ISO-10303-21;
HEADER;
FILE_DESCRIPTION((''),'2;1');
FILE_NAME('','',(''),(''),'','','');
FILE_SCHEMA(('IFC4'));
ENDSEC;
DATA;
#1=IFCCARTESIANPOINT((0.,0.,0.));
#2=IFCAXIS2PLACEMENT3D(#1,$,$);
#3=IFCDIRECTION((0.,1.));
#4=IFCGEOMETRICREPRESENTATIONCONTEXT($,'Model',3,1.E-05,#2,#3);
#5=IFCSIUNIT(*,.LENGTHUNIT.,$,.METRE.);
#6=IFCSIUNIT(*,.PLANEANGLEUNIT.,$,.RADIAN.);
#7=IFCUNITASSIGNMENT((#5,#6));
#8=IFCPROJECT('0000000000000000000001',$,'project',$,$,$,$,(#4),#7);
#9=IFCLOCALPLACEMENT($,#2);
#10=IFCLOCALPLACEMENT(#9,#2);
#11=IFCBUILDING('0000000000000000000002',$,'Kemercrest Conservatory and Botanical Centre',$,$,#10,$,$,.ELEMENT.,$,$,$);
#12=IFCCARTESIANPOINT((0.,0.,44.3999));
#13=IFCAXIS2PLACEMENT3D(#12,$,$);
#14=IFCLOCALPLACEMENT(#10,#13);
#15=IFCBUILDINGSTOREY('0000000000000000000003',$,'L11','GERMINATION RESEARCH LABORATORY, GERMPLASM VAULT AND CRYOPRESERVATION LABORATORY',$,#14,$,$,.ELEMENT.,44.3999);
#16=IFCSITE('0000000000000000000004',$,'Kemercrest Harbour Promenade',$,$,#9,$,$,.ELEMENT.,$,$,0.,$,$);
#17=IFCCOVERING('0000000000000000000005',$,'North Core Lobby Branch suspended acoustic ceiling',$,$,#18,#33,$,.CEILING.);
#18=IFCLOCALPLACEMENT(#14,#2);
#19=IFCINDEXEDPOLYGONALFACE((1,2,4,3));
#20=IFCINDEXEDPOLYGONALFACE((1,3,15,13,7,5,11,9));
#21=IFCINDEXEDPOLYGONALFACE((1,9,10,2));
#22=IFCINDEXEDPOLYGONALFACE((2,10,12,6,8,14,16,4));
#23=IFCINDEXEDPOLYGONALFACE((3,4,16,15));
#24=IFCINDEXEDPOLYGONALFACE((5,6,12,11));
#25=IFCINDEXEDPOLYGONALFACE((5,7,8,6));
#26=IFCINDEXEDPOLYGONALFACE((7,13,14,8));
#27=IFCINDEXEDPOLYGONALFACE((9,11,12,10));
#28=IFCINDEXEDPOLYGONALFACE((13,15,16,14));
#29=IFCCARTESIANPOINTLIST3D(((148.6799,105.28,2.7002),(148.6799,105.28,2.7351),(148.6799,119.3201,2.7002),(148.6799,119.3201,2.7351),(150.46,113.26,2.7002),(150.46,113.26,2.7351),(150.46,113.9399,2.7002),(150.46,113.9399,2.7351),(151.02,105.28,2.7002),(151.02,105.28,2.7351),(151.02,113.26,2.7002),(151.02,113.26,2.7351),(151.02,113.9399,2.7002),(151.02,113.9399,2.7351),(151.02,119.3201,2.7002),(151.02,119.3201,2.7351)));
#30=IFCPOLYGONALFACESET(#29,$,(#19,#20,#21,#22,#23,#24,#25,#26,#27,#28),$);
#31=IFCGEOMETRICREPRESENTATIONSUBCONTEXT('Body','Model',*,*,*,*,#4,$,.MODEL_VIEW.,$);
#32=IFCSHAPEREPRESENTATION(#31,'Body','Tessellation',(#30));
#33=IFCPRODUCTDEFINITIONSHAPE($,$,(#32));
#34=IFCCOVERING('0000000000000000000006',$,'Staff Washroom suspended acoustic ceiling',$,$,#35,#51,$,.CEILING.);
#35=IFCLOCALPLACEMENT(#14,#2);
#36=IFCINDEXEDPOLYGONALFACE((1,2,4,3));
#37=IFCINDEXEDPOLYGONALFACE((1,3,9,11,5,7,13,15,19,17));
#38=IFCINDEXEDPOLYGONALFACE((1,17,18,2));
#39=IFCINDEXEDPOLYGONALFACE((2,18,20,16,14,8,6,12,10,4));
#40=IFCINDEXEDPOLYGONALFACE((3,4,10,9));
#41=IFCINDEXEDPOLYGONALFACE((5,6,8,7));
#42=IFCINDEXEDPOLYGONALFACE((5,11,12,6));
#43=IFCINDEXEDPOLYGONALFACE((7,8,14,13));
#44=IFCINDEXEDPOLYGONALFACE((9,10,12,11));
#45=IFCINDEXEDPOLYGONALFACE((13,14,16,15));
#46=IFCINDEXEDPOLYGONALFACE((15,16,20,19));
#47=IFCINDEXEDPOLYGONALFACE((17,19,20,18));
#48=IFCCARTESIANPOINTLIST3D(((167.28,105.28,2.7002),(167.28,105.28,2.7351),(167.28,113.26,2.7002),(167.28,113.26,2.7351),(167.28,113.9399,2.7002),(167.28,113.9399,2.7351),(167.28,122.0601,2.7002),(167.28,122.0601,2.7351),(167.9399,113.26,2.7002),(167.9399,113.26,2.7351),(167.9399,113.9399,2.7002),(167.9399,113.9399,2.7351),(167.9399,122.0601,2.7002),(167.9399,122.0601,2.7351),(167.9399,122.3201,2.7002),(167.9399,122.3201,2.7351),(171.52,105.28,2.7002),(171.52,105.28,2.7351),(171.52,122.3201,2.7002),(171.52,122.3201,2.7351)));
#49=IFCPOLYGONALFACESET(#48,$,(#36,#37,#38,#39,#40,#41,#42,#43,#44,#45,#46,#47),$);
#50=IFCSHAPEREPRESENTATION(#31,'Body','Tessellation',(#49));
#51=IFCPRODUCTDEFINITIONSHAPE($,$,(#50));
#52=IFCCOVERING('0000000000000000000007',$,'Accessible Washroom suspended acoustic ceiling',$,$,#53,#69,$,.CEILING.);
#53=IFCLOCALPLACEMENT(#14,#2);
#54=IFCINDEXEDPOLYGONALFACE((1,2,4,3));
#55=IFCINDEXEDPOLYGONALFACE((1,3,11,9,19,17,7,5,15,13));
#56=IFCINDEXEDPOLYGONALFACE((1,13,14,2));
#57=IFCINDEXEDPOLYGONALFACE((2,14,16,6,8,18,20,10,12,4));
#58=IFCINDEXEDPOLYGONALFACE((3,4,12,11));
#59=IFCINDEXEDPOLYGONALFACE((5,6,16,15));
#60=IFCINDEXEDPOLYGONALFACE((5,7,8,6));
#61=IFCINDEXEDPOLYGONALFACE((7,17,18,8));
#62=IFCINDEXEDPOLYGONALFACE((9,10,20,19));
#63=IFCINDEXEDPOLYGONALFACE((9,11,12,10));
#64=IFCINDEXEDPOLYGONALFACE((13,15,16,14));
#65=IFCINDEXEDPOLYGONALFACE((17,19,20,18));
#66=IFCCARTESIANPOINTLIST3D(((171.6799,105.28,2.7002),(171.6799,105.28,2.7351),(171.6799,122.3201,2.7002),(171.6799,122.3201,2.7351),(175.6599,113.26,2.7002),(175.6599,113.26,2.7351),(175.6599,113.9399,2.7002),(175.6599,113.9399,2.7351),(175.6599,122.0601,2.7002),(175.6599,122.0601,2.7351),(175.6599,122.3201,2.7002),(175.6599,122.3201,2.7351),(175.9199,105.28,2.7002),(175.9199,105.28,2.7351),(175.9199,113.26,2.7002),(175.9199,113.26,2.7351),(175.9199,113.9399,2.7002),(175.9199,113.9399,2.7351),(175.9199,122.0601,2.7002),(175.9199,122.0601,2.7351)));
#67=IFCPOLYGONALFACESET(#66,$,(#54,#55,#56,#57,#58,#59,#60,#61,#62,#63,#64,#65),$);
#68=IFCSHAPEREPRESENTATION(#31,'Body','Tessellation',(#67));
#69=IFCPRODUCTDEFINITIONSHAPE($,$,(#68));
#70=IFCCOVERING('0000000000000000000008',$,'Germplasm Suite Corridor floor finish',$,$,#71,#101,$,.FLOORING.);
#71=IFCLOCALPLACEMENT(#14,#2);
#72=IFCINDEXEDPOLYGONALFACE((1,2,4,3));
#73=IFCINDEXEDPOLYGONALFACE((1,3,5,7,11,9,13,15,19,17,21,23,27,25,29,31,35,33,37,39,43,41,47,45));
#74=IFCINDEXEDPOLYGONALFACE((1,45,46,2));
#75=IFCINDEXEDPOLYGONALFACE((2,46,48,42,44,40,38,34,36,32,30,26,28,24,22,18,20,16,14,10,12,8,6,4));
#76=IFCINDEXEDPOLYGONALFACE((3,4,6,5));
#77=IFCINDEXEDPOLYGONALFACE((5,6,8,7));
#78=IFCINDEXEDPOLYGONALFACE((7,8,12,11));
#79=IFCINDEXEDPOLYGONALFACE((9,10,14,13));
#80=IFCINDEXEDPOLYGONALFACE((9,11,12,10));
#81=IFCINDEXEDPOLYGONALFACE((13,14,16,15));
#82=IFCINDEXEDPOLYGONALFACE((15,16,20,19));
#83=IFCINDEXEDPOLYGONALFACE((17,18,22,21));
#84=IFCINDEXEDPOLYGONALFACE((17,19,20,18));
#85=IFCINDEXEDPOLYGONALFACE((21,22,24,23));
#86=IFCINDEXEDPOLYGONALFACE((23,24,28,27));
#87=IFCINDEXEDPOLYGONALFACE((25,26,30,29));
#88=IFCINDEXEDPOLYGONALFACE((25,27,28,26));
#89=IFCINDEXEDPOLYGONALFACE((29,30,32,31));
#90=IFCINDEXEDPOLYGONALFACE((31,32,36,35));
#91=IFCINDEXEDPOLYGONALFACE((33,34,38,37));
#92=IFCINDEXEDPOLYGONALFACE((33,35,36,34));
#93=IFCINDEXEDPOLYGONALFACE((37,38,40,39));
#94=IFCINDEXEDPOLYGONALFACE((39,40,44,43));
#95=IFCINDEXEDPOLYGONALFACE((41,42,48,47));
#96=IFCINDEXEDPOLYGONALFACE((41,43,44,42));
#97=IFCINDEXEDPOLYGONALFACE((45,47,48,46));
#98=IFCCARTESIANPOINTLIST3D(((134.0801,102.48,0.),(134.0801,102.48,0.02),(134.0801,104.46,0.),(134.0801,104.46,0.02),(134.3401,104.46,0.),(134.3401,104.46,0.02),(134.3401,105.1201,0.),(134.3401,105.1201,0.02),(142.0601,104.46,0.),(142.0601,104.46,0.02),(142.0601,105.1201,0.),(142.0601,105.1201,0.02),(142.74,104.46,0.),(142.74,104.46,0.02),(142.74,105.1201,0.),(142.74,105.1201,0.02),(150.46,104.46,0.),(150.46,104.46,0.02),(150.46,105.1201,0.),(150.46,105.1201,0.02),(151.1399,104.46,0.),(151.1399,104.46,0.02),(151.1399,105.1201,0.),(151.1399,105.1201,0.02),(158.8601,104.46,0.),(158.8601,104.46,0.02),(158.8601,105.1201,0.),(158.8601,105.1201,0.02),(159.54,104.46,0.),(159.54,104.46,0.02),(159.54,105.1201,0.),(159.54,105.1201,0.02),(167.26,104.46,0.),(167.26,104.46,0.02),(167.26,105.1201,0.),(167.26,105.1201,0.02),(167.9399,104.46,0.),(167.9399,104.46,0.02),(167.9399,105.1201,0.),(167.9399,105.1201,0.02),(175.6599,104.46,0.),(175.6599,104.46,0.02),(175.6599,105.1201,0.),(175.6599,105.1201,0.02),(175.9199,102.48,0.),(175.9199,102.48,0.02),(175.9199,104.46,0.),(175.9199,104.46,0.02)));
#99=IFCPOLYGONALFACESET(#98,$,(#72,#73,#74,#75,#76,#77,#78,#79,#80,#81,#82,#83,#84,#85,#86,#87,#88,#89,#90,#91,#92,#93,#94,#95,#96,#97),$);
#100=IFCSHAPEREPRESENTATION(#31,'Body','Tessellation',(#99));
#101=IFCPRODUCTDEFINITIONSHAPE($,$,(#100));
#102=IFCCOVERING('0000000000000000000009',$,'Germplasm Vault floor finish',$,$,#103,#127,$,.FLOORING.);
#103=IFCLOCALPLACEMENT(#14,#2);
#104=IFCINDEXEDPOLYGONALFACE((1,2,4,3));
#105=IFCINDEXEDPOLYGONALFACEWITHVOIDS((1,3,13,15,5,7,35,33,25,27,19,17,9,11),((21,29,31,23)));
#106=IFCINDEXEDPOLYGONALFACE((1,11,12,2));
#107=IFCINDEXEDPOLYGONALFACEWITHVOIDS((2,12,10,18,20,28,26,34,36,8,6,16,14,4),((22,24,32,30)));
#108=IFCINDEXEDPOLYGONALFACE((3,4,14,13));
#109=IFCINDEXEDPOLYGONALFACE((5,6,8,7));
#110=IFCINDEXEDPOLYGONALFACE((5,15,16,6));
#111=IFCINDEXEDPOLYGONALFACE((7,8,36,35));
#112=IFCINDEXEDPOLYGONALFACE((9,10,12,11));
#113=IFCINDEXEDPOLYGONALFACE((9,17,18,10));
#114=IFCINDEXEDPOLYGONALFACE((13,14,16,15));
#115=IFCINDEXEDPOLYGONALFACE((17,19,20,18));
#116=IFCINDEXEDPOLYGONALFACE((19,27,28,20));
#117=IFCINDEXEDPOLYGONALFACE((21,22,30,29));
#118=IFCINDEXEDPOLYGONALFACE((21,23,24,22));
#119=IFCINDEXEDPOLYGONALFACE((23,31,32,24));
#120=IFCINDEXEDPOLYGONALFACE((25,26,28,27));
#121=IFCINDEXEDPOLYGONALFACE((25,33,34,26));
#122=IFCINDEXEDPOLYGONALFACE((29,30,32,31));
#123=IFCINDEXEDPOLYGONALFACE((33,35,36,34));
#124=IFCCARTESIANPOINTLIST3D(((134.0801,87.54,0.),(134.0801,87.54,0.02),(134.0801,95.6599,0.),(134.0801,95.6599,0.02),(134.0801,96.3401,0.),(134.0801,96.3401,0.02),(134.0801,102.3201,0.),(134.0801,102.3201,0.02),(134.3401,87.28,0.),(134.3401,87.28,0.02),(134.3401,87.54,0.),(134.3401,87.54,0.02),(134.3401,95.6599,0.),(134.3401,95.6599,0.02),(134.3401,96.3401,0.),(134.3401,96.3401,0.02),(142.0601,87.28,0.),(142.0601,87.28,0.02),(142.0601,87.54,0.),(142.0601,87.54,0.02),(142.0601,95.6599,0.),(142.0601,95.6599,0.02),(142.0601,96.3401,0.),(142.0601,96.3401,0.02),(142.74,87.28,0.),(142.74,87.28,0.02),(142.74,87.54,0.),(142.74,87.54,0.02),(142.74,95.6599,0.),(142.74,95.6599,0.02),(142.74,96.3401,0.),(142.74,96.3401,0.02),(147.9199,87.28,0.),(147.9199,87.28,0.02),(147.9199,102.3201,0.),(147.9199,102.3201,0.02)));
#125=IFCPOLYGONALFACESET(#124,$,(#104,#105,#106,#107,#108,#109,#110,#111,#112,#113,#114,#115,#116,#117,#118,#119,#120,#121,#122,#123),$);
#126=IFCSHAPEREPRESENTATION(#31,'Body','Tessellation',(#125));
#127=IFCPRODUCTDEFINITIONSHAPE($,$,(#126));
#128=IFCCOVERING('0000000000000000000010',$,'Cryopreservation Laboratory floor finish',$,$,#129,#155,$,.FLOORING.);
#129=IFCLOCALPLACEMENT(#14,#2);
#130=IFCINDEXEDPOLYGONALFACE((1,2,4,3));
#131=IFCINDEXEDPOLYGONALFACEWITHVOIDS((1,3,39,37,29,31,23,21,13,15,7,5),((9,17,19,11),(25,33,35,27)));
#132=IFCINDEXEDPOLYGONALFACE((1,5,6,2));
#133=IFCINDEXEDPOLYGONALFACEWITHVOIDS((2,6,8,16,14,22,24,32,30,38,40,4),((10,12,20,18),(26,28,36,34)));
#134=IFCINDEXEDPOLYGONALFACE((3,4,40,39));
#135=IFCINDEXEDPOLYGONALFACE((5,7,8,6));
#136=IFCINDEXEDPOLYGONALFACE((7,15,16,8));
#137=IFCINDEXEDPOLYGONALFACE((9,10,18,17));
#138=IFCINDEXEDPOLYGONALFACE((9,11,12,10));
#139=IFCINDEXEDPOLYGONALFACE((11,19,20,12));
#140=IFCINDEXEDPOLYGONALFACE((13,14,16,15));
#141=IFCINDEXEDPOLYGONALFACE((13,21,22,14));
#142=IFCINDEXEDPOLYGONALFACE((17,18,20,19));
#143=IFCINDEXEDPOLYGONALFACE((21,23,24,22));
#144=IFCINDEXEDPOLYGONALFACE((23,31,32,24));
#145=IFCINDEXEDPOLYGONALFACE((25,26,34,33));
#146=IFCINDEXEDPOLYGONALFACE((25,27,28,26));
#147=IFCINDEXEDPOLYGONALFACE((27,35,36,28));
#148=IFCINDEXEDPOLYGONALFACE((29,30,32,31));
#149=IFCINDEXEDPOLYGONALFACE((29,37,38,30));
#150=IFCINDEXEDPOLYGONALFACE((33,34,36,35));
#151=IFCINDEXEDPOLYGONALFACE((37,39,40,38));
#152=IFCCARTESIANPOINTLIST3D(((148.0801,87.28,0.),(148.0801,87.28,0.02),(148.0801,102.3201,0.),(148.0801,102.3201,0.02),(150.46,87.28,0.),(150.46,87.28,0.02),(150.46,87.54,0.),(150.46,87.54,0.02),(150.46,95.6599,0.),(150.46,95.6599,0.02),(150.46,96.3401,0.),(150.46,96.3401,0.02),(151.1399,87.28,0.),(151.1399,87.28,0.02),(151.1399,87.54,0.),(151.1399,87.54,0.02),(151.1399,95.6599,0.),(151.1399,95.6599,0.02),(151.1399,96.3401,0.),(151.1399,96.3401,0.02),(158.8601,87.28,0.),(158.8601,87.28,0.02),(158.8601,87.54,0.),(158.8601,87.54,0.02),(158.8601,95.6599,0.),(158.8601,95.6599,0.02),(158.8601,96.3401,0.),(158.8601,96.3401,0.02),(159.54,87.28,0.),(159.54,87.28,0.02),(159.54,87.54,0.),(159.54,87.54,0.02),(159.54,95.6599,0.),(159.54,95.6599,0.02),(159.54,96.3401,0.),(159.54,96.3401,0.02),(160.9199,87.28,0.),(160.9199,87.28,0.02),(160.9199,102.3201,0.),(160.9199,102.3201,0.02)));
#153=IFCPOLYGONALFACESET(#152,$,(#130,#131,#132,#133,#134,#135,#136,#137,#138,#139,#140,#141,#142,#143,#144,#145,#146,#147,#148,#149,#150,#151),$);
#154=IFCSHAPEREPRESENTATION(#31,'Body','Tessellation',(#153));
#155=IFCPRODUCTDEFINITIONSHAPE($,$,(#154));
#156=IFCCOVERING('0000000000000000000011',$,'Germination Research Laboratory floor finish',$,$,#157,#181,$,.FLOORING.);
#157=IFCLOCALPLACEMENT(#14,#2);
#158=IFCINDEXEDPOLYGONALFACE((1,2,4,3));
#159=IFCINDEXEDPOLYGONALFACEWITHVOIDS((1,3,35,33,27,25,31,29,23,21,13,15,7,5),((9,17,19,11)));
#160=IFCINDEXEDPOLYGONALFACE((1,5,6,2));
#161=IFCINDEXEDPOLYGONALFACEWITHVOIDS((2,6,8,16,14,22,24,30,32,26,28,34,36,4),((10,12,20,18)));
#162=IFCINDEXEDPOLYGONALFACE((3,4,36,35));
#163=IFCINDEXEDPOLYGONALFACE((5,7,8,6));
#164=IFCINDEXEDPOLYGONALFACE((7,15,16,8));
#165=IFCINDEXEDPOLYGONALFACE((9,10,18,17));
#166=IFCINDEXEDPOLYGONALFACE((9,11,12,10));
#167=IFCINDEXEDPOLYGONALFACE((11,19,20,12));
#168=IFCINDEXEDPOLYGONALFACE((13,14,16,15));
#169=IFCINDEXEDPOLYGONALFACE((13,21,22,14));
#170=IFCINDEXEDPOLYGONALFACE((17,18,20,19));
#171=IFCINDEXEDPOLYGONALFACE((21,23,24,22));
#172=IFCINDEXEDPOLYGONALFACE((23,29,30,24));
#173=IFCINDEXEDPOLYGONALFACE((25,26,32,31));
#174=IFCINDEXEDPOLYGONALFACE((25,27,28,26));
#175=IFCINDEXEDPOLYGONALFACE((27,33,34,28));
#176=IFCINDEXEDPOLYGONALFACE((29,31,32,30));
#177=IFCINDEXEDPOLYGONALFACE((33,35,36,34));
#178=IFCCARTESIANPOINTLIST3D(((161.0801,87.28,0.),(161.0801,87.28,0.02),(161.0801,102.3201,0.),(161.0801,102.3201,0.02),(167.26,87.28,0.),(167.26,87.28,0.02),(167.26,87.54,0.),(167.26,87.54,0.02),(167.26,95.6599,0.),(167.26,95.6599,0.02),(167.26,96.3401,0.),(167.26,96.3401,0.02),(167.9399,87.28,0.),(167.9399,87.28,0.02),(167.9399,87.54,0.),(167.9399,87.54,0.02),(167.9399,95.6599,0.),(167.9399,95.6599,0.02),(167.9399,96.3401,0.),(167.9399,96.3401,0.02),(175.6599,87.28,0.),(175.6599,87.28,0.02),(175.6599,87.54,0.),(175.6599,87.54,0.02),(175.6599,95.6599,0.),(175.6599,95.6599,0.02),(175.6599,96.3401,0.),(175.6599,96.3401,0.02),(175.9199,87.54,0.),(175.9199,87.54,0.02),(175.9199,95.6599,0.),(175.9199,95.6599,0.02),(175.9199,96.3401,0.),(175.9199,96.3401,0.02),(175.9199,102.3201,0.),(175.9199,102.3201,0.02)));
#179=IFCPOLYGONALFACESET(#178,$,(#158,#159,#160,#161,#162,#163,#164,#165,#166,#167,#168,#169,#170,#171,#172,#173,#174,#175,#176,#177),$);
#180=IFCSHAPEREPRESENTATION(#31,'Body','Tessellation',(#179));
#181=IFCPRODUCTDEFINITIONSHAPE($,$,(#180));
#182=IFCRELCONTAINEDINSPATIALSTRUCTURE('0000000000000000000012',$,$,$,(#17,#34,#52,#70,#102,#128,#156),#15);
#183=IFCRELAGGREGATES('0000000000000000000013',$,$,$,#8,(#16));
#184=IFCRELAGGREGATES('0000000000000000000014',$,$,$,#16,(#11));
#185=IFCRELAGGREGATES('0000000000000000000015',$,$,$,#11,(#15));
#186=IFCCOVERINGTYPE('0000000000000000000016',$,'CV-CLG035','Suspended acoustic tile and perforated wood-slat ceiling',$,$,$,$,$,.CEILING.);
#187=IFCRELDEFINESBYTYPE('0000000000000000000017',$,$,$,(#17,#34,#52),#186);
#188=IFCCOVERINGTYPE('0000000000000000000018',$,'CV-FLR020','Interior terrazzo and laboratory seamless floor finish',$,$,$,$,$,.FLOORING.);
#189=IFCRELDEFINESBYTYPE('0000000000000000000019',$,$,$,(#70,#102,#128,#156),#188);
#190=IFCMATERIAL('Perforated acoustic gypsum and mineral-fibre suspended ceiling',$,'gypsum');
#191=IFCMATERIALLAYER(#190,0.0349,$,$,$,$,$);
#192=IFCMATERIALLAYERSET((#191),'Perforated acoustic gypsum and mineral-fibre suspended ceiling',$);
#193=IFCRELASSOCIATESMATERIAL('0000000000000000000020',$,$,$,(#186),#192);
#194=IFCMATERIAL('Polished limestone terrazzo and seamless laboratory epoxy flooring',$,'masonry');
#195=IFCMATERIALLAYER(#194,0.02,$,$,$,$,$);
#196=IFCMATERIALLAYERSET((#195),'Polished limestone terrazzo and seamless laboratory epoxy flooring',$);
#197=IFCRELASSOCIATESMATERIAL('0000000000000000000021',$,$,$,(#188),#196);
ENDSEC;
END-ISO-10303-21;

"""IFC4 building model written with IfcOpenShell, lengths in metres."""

from ifc_helpers import new_model, si_unit, direction, frame, origin, place, context, subcontext, project, spatial, polyline, outline, extrude, material, layer, layer_set, type_object, element, save


model = new_model("IFC4")

# Units and contexts
model_context = context("Model", 3, precision=1e-05, world=origin(), true_north=direction((0.0, 1.0)))
body_context = subcontext(model_context, "Body", "Model", "MODEL_VIEW")
ifc_project = project(units=[si_unit("LENGTHUNIT", "METRE"), si_unit("PLANEANGLEUNIT", "RADIAN")], contexts=[model_context])

# Site, building, storey
site_placement = place(None, origin())
site = spatial("IfcSite", under=ifc_project, at=site_placement, Name="Kemercrest Harbour Promenade", CompositionType="ELEMENT", RefElevation=0.0)
building_placement = place(site_placement, origin())
building = spatial("IfcBuilding", under=site, at=building_placement, Name="Kemercrest Conservatory and Botanical Centre", CompositionType="ELEMENT")
storey_placement = place(building_placement, frame((0.0, 0.0, 44.3999)))
storey = spatial("IfcBuildingStorey", under=building, at=storey_placement, Name="L11", Description="GERMINATION RESEARCH LABORATORY, GERMPLASM VAULT AND CRYOPRESERVATION LABORATORY", CompositionType="ELEMENT", Elevation=44.3999)

# Coverings
ifc_material_1 = material(Name="Perforated acoustic gypsum and mineral-fibre suspended ceiling", Category="gypsum")
ifc_layer_1 = layer(ifc_material_1, 0.0349)
ifc_layer_set_1 = layer_set([ifc_layer_1], Name="Perforated acoustic gypsum and mineral-fibre suspended ceiling")
covering_type_1 = type_object("IfcCoveringType", Name="CV-CLG035", Description="Suspended acoustic tile and perforated wood-slat ceiling", PredefinedType="CEILING", material=ifc_layer_set_1)
covering_1_placement = place(storey_placement, frame((0.0, 0.0, 2.7002)))
element("IfcCovering", 1, at=covering_1_placement, inside=storey, type_object=covering_type_1, Name="North Core Lobby Branch suspended acoustic ceiling", PredefinedType="CEILING", context=body_context, shape_type="SweptSolid", body=[
    extrude(outline(polyline([(148.6799, 105.28), (151.02, 105.28), (151.02, 113.26), (150.46, 113.26), (150.46, 113.9399), (151.02, 113.9399), (151.02, 119.3201), (148.6799, 119.3201), (148.6799, 105.28)])), origin(), (0.0, 0.0, 1.0), 0.0349),
])
covering_2_placement = place(storey_placement, frame((0.0, 0.0, 2.7002)))
element("IfcCovering", 2, at=covering_2_placement, inside=storey, type_object=covering_type_1, Name="Staff Washroom suspended acoustic ceiling", PredefinedType="CEILING", context=body_context, shape_type="SweptSolid", body=[
    extrude(outline(polyline([(167.28, 105.28), (171.52, 105.28), (171.52, 122.3201), (167.9399, 122.3201), (167.9399, 122.0601), (167.28, 122.0601), (167.28, 113.9399), (167.9399, 113.9399), (167.9399, 113.26), (167.28, 113.26), (167.28, 105.28)])), origin(), (0.0, 0.0, 1.0), 0.0349),
])
covering_3_placement = place(storey_placement, frame((0.0, 0.0, 2.7002)))
element("IfcCovering", 3, at=covering_3_placement, inside=storey, type_object=covering_type_1, Name="Accessible Washroom suspended acoustic ceiling", PredefinedType="CEILING", context=body_context, shape_type="SweptSolid", body=[
    extrude(outline(polyline([(171.6799, 105.28), (175.9199, 105.28), (175.9199, 113.26), (175.6599, 113.26), (175.6599, 113.9399), (175.9199, 113.9399), (175.9199, 122.0601), (175.6599, 122.0601), (175.6599, 122.3201), (171.6799, 122.3201), (171.6799, 105.28)])), origin(), (0.0, 0.0, 1.0), 0.0349),
])
ifc_material_2 = material(Name="Polished limestone terrazzo and seamless laboratory epoxy flooring", Category="masonry")
ifc_layer_2 = layer(ifc_material_2, 0.02)
ifc_layer_set_2 = layer_set([ifc_layer_2], Name="Polished limestone terrazzo and seamless laboratory epoxy flooring")
covering_type_2 = type_object("IfcCoveringType", Name="CV-FLR020", Description="Interior terrazzo and laboratory seamless floor finish", PredefinedType="FLOORING", material=ifc_layer_set_2)
covering_4_placement = place(storey_placement, origin())
element("IfcCovering", 4, at=covering_4_placement, inside=storey, type_object=covering_type_2, Name="Germplasm Suite Corridor floor finish", PredefinedType="FLOORING", context=body_context, shape_type="SweptSolid", body=[
    extrude(outline(polyline([(134.0801, 102.48), (175.9199, 102.48), (175.9199, 104.46), (175.6599, 104.46), (175.6599, 105.1201), (167.9399, 105.1201), (167.9399, 104.46), (167.26, 104.46), (167.26, 105.1201), (159.54, 105.1201), (159.54, 104.46), (158.8601, 104.46), (158.8601, 105.1201), (151.1399, 105.1201), (151.1399, 104.46), (150.46, 104.46), (150.46, 105.1201), (142.74, 105.1201), (142.74, 104.46), (142.0601, 104.46), (142.0601, 105.1201), (134.3401, 105.1201), (134.3401, 104.46), (134.0801, 104.46), (134.0801, 102.48)])), origin(), (0.0, 0.0, 1.0), 0.02),
])
covering_5_placement = place(storey_placement, origin())
element("IfcCovering", 5, at=covering_5_placement, inside=storey, type_object=covering_type_2, Name="Germplasm Vault floor finish", PredefinedType="FLOORING", context=body_context, shape_type="SweptSolid", body=[
    extrude(outline(polyline([(142.0601, 87.54), (142.74, 87.54), (142.74, 87.28), (147.9199, 87.28), (147.9199, 102.3201), (134.0801, 102.3201), (134.0801, 96.3401), (134.3401, 96.3401), (134.3401, 95.6599), (134.0801, 95.6599), (134.0801, 87.54), (134.3401, 87.54), (134.3401, 87.28), (142.0601, 87.28), (142.0601, 87.54)]), holes=[polyline([(142.0601, 96.3401), (142.74, 96.3401), (142.74, 95.6599), (142.0601, 95.6599), (142.0601, 96.3401)])]), origin(), (0.0, 0.0, 1.0), 0.02),
])
covering_6_placement = place(storey_placement, origin())
element("IfcCovering", 6, at=covering_6_placement, inside=storey, type_object=covering_type_2, Name="Cryopreservation Laboratory floor finish", PredefinedType="FLOORING", context=body_context, shape_type="SweptSolid", body=[
    extrude(outline(polyline([(158.8601, 87.54), (159.54, 87.54), (159.54, 87.28), (160.9199, 87.28), (160.9199, 102.3201), (148.0801, 102.3201), (148.0801, 87.28), (150.46, 87.28), (150.46, 87.54), (151.1399, 87.54), (151.1399, 87.28), (158.8601, 87.28), (158.8601, 87.54)]), holes=[polyline([(158.8601, 96.3401), (159.54, 96.3401), (159.54, 95.6599), (158.8601, 95.6599), (158.8601, 96.3401)]), polyline([(150.46, 96.3401), (151.1399, 96.3401), (151.1399, 95.6599), (150.46, 95.6599), (150.46, 96.3401)])]), origin(), (0.0, 0.0, 1.0), 0.02),
])
covering_7_placement = place(storey_placement, origin())
element("IfcCovering", 7, at=covering_7_placement, inside=storey, type_object=covering_type_2, Name="Germination Research Laboratory floor finish", PredefinedType="FLOORING", context=body_context, shape_type="SweptSolid", body=[
    extrude(outline(polyline([(167.26, 87.54), (167.9399, 87.54), (167.9399, 87.28), (175.6599, 87.28), (175.6599, 87.54), (175.9199, 87.54), (175.9199, 95.6599), (175.6599, 95.6599), (175.6599, 96.3401), (175.9199, 96.3401), (175.9199, 102.3201), (161.0801, 102.3201), (161.0801, 87.28), (167.26, 87.28), (167.26, 87.54)]), holes=[polyline([(167.26, 96.3401), (167.9399, 96.3401), (167.9399, 95.6599), (167.26, 95.6599), (167.26, 96.3401)])]), origin(), (0.0, 0.0, 1.0), 0.02),
])

save(model, "model.ifc")
